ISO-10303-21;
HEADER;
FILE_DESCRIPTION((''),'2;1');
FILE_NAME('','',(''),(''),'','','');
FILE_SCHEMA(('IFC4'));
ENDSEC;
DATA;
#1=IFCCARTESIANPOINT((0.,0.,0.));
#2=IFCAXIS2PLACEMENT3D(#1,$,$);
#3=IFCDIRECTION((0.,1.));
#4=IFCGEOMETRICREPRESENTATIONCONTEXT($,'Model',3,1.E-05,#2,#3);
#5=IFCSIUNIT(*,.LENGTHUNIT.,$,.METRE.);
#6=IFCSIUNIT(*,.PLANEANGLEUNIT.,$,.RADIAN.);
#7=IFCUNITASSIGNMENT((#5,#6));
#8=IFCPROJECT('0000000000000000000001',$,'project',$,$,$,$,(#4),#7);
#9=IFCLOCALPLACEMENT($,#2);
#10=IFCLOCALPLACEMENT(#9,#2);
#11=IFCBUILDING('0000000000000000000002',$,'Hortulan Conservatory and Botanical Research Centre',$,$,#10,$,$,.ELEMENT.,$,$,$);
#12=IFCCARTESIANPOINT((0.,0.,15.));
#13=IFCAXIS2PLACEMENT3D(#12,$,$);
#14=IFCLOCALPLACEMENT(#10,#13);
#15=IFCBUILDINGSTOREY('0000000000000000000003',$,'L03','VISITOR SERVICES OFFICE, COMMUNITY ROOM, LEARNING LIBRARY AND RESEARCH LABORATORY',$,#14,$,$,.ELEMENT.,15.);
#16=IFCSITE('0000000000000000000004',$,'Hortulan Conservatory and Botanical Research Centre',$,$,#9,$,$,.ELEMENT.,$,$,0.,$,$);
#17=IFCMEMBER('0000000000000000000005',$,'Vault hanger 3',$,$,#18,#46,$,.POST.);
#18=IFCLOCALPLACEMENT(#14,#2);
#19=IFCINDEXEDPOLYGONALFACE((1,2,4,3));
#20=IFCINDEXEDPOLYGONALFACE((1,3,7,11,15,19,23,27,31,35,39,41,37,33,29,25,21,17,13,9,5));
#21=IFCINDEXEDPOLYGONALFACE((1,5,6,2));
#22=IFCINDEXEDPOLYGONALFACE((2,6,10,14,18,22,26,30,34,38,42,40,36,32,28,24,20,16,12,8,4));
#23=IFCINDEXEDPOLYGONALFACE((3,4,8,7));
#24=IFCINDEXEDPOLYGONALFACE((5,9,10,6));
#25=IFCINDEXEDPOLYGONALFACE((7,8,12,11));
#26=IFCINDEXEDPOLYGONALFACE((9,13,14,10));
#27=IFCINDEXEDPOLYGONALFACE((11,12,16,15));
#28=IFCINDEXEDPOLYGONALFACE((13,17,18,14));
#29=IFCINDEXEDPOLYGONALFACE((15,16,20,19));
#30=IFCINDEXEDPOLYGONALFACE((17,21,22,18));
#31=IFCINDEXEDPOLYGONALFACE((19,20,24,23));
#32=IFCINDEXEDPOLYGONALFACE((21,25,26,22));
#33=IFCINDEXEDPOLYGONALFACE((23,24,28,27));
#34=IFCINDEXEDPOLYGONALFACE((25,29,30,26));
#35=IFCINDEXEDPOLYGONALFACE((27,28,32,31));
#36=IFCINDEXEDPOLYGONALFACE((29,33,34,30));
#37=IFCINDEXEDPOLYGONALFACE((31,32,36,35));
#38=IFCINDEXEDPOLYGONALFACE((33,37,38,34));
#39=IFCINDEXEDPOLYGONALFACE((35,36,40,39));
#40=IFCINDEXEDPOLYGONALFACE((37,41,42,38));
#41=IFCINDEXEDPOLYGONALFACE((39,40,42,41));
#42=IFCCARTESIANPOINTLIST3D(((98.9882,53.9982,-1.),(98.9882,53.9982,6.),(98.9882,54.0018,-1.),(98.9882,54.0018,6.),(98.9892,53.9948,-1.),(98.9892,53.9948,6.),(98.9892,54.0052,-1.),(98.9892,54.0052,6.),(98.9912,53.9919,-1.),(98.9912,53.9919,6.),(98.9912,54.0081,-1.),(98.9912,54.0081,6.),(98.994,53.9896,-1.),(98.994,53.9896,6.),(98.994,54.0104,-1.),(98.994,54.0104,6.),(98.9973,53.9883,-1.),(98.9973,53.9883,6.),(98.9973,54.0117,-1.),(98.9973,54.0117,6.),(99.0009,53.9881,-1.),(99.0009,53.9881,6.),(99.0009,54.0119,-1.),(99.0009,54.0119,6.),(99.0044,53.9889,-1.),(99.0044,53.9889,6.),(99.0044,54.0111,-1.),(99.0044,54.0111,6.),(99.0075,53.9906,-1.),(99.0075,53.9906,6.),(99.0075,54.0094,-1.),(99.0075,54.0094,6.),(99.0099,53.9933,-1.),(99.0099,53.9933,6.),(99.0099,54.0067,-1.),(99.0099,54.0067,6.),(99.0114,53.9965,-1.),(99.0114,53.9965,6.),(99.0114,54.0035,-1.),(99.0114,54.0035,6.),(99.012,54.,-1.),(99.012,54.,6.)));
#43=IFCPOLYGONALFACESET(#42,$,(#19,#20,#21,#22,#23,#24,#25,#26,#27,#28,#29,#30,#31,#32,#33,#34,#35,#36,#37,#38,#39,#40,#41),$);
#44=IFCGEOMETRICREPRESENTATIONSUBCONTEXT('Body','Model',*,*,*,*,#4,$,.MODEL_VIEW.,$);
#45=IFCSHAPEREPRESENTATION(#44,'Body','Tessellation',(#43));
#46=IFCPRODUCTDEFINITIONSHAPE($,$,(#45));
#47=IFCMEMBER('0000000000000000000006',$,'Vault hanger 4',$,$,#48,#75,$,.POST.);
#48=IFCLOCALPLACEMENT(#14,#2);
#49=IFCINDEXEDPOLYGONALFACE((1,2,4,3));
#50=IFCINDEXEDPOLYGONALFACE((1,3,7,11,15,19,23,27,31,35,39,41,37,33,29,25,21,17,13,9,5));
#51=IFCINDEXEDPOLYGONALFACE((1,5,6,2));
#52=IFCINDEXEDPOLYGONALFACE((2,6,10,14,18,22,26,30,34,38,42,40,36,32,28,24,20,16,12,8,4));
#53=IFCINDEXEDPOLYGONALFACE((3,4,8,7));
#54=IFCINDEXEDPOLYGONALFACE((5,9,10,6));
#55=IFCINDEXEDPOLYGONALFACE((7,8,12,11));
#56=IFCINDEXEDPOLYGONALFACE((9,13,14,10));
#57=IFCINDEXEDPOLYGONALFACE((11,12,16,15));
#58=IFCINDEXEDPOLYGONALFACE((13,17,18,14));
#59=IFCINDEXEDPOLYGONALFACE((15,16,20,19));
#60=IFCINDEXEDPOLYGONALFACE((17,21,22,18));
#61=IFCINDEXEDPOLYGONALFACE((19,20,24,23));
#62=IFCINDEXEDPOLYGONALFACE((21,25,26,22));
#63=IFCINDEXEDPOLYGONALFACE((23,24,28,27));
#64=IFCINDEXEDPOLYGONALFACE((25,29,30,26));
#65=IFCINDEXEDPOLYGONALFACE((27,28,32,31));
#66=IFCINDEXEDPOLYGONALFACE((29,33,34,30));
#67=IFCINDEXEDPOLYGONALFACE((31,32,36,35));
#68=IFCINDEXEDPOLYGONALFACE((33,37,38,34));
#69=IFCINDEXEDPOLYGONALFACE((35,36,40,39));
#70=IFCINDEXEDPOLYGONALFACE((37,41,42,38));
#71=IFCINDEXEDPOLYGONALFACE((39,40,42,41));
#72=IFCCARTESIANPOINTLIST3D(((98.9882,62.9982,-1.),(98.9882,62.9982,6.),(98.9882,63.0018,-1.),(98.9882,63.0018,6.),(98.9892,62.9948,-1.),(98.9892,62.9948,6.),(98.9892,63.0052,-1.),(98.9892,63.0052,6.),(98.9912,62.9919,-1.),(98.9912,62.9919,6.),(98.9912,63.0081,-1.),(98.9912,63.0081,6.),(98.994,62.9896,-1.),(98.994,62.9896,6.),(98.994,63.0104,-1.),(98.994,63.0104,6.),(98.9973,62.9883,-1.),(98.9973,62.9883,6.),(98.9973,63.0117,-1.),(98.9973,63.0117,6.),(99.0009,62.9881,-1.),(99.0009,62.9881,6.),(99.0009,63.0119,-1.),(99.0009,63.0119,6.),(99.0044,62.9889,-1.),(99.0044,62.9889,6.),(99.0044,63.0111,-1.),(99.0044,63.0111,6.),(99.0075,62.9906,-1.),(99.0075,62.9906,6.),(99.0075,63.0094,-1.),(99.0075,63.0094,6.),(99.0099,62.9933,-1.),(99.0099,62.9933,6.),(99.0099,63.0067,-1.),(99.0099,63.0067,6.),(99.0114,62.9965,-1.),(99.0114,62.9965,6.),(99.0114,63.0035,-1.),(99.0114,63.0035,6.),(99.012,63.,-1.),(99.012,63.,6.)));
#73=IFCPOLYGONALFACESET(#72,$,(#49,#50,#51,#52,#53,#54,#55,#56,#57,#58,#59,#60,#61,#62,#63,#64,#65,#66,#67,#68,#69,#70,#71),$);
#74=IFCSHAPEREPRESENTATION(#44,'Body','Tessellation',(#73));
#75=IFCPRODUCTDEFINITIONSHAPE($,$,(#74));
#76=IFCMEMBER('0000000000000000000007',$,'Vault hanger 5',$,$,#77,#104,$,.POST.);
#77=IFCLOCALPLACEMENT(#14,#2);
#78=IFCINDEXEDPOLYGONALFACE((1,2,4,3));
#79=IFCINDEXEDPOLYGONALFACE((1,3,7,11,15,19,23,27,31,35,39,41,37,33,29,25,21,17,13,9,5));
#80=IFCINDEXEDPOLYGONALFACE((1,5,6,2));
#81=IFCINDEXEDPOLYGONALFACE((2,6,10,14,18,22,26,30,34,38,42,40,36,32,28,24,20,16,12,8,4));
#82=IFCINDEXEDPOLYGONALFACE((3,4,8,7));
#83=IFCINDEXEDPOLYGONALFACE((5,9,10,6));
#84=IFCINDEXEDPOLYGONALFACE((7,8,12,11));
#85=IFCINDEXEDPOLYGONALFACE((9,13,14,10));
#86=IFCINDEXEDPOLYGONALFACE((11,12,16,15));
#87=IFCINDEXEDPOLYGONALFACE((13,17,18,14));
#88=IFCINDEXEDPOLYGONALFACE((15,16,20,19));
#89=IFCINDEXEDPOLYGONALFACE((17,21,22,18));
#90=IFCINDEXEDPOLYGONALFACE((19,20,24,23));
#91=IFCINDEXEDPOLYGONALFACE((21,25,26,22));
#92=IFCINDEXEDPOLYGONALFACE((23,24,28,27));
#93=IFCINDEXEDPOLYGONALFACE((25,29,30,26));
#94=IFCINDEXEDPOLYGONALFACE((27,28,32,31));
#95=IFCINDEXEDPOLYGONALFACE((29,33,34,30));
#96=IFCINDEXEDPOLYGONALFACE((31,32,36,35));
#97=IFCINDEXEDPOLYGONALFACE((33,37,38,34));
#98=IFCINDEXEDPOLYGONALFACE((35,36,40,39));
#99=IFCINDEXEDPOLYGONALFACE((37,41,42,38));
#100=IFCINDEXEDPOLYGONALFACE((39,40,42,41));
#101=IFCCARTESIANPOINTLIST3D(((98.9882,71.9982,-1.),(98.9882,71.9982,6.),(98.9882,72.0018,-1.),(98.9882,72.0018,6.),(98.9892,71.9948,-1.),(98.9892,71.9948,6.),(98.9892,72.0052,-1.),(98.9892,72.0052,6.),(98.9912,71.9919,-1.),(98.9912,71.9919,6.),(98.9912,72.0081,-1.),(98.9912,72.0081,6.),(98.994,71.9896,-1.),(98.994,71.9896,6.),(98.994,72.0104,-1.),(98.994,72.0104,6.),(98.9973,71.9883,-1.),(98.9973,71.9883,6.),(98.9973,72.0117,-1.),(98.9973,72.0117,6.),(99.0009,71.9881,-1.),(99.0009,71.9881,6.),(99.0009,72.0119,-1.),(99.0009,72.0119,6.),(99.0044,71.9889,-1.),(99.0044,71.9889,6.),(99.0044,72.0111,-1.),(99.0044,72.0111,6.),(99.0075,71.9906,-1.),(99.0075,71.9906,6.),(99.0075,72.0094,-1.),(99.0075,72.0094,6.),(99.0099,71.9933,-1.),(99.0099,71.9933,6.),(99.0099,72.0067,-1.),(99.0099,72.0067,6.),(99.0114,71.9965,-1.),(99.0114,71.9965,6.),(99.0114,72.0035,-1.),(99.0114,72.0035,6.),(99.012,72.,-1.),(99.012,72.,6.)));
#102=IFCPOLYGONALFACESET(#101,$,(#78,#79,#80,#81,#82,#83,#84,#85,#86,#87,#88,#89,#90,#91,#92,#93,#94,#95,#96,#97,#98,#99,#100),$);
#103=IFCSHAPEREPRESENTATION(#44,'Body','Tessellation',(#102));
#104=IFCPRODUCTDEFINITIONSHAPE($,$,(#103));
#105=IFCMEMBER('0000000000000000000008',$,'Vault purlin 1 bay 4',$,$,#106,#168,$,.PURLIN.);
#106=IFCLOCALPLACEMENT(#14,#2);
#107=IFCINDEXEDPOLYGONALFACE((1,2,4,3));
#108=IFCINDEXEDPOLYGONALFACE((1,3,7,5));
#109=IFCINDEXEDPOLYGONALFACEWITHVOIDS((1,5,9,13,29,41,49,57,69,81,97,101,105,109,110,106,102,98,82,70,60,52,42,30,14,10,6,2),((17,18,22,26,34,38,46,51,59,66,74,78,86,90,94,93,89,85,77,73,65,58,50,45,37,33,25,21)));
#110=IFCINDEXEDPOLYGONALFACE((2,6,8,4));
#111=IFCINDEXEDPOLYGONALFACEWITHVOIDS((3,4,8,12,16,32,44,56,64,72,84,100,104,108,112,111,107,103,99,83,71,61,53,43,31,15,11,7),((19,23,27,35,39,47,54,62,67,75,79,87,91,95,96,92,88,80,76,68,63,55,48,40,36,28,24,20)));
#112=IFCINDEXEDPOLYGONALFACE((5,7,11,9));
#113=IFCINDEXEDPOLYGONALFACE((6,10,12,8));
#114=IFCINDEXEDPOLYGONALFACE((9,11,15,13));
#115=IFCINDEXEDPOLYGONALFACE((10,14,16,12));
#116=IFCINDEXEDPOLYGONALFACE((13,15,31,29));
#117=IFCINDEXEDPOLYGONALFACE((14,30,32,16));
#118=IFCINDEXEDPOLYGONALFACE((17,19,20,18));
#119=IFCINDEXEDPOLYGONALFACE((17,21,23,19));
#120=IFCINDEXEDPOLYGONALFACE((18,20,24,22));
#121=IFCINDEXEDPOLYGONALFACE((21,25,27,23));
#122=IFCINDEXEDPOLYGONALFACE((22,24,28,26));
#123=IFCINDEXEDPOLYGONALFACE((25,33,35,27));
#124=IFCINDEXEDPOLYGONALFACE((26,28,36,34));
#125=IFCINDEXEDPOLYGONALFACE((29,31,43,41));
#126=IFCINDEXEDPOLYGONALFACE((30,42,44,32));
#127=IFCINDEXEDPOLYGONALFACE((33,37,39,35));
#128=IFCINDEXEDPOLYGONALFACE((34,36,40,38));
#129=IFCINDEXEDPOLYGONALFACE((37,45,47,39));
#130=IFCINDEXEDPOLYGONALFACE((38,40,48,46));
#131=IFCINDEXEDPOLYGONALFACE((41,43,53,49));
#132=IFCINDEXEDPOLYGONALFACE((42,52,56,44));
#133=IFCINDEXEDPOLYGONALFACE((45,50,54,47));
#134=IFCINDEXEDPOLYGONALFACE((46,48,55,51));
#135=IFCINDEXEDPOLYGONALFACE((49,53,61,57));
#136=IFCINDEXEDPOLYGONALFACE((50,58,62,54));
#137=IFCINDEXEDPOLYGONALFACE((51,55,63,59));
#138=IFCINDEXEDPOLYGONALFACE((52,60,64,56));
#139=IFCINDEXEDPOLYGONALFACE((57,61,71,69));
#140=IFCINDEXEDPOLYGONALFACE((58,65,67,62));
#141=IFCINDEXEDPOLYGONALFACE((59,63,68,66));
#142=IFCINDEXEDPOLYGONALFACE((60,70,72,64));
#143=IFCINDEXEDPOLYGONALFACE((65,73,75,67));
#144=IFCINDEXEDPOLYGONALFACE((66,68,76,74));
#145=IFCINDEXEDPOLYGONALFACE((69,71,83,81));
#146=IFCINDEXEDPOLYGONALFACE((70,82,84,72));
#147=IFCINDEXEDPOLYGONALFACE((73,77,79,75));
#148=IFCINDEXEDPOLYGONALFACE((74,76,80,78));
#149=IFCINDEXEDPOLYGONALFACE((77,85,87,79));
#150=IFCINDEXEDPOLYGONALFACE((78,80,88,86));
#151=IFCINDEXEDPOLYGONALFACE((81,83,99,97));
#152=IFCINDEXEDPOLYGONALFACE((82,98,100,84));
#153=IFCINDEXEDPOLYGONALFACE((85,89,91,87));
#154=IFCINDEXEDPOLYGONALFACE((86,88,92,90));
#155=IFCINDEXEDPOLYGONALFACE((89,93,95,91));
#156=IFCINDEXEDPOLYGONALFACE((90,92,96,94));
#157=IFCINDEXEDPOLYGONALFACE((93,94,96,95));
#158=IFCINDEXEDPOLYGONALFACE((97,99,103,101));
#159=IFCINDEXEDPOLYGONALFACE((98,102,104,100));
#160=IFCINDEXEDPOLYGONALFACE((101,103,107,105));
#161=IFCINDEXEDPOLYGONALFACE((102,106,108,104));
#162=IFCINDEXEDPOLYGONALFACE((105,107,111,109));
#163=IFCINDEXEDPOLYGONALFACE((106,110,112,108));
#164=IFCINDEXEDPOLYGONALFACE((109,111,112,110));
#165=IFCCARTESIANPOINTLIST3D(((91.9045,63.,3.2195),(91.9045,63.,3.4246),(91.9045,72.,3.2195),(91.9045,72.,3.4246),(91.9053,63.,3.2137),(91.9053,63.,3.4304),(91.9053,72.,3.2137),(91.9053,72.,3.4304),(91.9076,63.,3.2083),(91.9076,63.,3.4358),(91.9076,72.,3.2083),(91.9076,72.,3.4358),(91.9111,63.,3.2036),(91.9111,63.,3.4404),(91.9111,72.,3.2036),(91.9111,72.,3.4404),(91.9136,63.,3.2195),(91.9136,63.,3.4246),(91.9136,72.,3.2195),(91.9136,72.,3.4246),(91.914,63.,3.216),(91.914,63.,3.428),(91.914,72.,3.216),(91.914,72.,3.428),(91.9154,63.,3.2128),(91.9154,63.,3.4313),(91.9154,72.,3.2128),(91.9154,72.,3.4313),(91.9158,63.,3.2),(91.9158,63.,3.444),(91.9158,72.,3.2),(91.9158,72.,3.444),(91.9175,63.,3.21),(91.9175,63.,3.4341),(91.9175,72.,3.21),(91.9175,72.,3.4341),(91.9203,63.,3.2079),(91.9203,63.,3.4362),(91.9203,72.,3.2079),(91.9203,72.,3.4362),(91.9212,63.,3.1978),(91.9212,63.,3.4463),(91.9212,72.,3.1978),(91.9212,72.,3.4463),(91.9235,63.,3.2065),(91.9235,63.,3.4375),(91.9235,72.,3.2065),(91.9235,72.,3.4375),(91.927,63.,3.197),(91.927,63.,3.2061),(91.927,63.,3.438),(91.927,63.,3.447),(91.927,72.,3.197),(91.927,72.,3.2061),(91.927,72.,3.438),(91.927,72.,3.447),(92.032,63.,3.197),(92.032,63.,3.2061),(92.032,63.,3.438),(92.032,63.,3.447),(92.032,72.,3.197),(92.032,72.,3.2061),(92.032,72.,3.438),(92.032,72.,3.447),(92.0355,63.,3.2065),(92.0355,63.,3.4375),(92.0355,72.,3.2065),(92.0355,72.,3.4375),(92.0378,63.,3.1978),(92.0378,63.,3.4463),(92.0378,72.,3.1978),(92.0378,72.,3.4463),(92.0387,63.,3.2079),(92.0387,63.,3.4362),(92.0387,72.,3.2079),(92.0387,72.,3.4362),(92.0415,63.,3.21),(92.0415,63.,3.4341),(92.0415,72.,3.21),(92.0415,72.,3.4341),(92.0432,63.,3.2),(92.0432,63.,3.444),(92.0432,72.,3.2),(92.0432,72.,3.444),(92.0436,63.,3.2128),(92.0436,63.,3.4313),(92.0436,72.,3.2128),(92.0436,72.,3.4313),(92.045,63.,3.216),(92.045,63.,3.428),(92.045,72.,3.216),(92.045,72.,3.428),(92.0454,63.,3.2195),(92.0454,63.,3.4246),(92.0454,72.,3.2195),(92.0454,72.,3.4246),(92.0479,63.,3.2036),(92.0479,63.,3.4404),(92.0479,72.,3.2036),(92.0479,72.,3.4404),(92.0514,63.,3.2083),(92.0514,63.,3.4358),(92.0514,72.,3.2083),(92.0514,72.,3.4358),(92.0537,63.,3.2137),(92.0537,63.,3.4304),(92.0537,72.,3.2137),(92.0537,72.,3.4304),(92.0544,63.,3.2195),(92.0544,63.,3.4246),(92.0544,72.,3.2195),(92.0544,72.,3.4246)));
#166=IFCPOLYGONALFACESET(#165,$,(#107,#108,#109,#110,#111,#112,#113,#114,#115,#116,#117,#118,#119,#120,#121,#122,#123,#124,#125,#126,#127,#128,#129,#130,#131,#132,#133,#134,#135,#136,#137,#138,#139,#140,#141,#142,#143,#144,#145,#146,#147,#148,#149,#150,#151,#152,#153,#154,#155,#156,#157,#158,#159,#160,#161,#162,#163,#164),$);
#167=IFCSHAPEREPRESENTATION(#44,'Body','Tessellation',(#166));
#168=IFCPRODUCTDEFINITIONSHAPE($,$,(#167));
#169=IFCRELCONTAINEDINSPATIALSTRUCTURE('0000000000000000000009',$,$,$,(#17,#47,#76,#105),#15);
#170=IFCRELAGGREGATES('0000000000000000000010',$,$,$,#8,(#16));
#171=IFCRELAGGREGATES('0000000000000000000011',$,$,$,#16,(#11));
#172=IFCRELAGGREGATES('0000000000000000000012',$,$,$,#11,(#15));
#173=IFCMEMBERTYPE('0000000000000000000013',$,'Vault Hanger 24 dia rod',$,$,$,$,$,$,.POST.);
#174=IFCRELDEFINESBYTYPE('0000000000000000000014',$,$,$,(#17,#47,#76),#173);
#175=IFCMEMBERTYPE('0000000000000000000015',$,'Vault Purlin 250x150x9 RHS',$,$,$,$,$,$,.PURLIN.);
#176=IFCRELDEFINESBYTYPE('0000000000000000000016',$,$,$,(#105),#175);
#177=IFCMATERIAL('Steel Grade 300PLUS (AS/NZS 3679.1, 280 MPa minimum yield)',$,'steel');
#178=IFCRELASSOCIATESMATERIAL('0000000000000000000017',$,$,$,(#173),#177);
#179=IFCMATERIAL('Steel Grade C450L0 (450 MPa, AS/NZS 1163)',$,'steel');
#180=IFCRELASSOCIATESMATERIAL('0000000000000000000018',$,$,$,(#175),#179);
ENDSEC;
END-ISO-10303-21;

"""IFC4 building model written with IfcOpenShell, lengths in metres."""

from ifc_helpers import new_model, si_unit, direction, frame, origin, origin_2d, place, context, subcontext, project, spatial, hollow_rectangle, circle, extrude, material, material_profile, profile_set, type_object, element, save


model = new_model("IFC4")

# Units and contexts
model_context = context("Model", 3, precision=1e-05, world=origin(), true_north=direction((0.0, 1.0)))
body_context = subcontext(model_context, "Body", "Model", "MODEL_VIEW")
ifc_project = project(units=[si_unit("LENGTHUNIT", "METRE"), si_unit("PLANEANGLEUNIT", "RADIAN")], contexts=[model_context])

# Site, building, storey
site_placement = place(None, origin())
site = spatial("IfcSite", under=ifc_project, at=site_placement, Name="Hortulan Conservatory and Botanical Research Centre", CompositionType="ELEMENT", RefElevation=0.0)
building_placement = place(site_placement, origin())
building = spatial("IfcBuilding", under=site, at=building_placement, Name="Hortulan Conservatory and Botanical Research Centre", CompositionType="ELEMENT")
storey_placement = place(building_placement, frame((0.0, 0.0, 15.0)))
storey = spatial("IfcBuildingStorey", under=building, at=storey_placement, Name="L03", Description="VISITOR SERVICES OFFICE, COMMUNITY ROOM, LEARNING LIBRARY AND RESEARCH LABORATORY", CompositionType="ELEMENT", Elevation=15.0)

# Shared definitions
ifc_material_1 = material(Name="Steel Grade 300PLUS (AS/NZS 3679.1, 280 MPa minimum yield)", Category="steel")

# Members
ifc_material_profile_1 = material_profile(ifc_material_1, circle(Radius=0.012, at=origin_2d()), Name="24 dia rod")
ifc_profile_set_1 = profile_set([ifc_material_profile_1], Name="Steel Grade 300PLUS (AS/NZS 3679.1, 280 MPa minimum yield)")
member_type_1 = type_object("IfcMemberType", Name="Vault Hanger 24 dia rod", PredefinedType="POST", material=ifc_profile_set_1)
for number, where, z_axis, x_axis, name in (
    (1, (99.0, 54.0, -1.0), (0.0, 0.0, 1.0), (1.0, 0.0, 0.0), "Vault hanger 3"),
    (2, (99.0, 63.0, -1.0), (0.0, 0.0, 1.0), (1.0, 0.0, 0.0), "Vault hanger 4"),
    (3, (99.0, 72.0, -1.0), (0.0, 0.0, 1.0), (1.0, 0.0, 0.0), "Vault hanger 5"),
):
    element("IfcMember", number, at=place(storey_placement, frame(where, z_axis=z_axis, x_axis=x_axis)), inside=storey, type_object=member_type_1, Name=name, PredefinedType="POST", context=body_context, shape_type="SweptSolid", body=[
        extrude(circle(Radius=0.012, at=origin_2d()), origin(), (0.0, 0.0, 1.0), 7.0),
    ])
ifc_material_2 = material(Name="Steel Grade C450L0 (450 MPa, AS/NZS 1163)", Category="steel")
ifc_material_profile_2 = material_profile(ifc_material_2, hollow_rectangle(XDim=0.1499, YDim=0.25, WallThickness=0.009, InnerFilletRadius=0.0134, OuterFilletRadius=0.0225, at=origin_2d()), Name="250x150x9RHS")
ifc_profile_set_2 = profile_set([ifc_material_profile_2], Name="Steel Grade C450L0 (450 MPa, AS/NZS 1163)")
member_type_2 = type_object("IfcMemberType", Name="Vault Purlin 250x150x9 RHS", PredefinedType="PURLIN", material=ifc_profile_set_2)
for number, where, z_axis, x_axis, name in (
    (4, (91.9795, 63.0, 3.322), (0.0, 1.0, 0.0), (-1.0, 0.0, 0.0), "Vault purlin 1 bay 4"),
):
    element("IfcMember", number, at=place(storey_placement, frame(where, z_axis=z_axis, x_axis=x_axis)), inside=storey, type_object=member_type_2, Name=name, PredefinedType="PURLIN", context=body_context, shape_type="SweptSolid", body=[
        extrude(hollow_rectangle(XDim=0.1499, YDim=0.25, WallThickness=0.009, InnerFilletRadius=0.0134, OuterFilletRadius=0.0225, at=origin_2d()), origin(), (0.0, 0.0, 1.0), 9.0),
    ])

save(model, "model.ifc")
